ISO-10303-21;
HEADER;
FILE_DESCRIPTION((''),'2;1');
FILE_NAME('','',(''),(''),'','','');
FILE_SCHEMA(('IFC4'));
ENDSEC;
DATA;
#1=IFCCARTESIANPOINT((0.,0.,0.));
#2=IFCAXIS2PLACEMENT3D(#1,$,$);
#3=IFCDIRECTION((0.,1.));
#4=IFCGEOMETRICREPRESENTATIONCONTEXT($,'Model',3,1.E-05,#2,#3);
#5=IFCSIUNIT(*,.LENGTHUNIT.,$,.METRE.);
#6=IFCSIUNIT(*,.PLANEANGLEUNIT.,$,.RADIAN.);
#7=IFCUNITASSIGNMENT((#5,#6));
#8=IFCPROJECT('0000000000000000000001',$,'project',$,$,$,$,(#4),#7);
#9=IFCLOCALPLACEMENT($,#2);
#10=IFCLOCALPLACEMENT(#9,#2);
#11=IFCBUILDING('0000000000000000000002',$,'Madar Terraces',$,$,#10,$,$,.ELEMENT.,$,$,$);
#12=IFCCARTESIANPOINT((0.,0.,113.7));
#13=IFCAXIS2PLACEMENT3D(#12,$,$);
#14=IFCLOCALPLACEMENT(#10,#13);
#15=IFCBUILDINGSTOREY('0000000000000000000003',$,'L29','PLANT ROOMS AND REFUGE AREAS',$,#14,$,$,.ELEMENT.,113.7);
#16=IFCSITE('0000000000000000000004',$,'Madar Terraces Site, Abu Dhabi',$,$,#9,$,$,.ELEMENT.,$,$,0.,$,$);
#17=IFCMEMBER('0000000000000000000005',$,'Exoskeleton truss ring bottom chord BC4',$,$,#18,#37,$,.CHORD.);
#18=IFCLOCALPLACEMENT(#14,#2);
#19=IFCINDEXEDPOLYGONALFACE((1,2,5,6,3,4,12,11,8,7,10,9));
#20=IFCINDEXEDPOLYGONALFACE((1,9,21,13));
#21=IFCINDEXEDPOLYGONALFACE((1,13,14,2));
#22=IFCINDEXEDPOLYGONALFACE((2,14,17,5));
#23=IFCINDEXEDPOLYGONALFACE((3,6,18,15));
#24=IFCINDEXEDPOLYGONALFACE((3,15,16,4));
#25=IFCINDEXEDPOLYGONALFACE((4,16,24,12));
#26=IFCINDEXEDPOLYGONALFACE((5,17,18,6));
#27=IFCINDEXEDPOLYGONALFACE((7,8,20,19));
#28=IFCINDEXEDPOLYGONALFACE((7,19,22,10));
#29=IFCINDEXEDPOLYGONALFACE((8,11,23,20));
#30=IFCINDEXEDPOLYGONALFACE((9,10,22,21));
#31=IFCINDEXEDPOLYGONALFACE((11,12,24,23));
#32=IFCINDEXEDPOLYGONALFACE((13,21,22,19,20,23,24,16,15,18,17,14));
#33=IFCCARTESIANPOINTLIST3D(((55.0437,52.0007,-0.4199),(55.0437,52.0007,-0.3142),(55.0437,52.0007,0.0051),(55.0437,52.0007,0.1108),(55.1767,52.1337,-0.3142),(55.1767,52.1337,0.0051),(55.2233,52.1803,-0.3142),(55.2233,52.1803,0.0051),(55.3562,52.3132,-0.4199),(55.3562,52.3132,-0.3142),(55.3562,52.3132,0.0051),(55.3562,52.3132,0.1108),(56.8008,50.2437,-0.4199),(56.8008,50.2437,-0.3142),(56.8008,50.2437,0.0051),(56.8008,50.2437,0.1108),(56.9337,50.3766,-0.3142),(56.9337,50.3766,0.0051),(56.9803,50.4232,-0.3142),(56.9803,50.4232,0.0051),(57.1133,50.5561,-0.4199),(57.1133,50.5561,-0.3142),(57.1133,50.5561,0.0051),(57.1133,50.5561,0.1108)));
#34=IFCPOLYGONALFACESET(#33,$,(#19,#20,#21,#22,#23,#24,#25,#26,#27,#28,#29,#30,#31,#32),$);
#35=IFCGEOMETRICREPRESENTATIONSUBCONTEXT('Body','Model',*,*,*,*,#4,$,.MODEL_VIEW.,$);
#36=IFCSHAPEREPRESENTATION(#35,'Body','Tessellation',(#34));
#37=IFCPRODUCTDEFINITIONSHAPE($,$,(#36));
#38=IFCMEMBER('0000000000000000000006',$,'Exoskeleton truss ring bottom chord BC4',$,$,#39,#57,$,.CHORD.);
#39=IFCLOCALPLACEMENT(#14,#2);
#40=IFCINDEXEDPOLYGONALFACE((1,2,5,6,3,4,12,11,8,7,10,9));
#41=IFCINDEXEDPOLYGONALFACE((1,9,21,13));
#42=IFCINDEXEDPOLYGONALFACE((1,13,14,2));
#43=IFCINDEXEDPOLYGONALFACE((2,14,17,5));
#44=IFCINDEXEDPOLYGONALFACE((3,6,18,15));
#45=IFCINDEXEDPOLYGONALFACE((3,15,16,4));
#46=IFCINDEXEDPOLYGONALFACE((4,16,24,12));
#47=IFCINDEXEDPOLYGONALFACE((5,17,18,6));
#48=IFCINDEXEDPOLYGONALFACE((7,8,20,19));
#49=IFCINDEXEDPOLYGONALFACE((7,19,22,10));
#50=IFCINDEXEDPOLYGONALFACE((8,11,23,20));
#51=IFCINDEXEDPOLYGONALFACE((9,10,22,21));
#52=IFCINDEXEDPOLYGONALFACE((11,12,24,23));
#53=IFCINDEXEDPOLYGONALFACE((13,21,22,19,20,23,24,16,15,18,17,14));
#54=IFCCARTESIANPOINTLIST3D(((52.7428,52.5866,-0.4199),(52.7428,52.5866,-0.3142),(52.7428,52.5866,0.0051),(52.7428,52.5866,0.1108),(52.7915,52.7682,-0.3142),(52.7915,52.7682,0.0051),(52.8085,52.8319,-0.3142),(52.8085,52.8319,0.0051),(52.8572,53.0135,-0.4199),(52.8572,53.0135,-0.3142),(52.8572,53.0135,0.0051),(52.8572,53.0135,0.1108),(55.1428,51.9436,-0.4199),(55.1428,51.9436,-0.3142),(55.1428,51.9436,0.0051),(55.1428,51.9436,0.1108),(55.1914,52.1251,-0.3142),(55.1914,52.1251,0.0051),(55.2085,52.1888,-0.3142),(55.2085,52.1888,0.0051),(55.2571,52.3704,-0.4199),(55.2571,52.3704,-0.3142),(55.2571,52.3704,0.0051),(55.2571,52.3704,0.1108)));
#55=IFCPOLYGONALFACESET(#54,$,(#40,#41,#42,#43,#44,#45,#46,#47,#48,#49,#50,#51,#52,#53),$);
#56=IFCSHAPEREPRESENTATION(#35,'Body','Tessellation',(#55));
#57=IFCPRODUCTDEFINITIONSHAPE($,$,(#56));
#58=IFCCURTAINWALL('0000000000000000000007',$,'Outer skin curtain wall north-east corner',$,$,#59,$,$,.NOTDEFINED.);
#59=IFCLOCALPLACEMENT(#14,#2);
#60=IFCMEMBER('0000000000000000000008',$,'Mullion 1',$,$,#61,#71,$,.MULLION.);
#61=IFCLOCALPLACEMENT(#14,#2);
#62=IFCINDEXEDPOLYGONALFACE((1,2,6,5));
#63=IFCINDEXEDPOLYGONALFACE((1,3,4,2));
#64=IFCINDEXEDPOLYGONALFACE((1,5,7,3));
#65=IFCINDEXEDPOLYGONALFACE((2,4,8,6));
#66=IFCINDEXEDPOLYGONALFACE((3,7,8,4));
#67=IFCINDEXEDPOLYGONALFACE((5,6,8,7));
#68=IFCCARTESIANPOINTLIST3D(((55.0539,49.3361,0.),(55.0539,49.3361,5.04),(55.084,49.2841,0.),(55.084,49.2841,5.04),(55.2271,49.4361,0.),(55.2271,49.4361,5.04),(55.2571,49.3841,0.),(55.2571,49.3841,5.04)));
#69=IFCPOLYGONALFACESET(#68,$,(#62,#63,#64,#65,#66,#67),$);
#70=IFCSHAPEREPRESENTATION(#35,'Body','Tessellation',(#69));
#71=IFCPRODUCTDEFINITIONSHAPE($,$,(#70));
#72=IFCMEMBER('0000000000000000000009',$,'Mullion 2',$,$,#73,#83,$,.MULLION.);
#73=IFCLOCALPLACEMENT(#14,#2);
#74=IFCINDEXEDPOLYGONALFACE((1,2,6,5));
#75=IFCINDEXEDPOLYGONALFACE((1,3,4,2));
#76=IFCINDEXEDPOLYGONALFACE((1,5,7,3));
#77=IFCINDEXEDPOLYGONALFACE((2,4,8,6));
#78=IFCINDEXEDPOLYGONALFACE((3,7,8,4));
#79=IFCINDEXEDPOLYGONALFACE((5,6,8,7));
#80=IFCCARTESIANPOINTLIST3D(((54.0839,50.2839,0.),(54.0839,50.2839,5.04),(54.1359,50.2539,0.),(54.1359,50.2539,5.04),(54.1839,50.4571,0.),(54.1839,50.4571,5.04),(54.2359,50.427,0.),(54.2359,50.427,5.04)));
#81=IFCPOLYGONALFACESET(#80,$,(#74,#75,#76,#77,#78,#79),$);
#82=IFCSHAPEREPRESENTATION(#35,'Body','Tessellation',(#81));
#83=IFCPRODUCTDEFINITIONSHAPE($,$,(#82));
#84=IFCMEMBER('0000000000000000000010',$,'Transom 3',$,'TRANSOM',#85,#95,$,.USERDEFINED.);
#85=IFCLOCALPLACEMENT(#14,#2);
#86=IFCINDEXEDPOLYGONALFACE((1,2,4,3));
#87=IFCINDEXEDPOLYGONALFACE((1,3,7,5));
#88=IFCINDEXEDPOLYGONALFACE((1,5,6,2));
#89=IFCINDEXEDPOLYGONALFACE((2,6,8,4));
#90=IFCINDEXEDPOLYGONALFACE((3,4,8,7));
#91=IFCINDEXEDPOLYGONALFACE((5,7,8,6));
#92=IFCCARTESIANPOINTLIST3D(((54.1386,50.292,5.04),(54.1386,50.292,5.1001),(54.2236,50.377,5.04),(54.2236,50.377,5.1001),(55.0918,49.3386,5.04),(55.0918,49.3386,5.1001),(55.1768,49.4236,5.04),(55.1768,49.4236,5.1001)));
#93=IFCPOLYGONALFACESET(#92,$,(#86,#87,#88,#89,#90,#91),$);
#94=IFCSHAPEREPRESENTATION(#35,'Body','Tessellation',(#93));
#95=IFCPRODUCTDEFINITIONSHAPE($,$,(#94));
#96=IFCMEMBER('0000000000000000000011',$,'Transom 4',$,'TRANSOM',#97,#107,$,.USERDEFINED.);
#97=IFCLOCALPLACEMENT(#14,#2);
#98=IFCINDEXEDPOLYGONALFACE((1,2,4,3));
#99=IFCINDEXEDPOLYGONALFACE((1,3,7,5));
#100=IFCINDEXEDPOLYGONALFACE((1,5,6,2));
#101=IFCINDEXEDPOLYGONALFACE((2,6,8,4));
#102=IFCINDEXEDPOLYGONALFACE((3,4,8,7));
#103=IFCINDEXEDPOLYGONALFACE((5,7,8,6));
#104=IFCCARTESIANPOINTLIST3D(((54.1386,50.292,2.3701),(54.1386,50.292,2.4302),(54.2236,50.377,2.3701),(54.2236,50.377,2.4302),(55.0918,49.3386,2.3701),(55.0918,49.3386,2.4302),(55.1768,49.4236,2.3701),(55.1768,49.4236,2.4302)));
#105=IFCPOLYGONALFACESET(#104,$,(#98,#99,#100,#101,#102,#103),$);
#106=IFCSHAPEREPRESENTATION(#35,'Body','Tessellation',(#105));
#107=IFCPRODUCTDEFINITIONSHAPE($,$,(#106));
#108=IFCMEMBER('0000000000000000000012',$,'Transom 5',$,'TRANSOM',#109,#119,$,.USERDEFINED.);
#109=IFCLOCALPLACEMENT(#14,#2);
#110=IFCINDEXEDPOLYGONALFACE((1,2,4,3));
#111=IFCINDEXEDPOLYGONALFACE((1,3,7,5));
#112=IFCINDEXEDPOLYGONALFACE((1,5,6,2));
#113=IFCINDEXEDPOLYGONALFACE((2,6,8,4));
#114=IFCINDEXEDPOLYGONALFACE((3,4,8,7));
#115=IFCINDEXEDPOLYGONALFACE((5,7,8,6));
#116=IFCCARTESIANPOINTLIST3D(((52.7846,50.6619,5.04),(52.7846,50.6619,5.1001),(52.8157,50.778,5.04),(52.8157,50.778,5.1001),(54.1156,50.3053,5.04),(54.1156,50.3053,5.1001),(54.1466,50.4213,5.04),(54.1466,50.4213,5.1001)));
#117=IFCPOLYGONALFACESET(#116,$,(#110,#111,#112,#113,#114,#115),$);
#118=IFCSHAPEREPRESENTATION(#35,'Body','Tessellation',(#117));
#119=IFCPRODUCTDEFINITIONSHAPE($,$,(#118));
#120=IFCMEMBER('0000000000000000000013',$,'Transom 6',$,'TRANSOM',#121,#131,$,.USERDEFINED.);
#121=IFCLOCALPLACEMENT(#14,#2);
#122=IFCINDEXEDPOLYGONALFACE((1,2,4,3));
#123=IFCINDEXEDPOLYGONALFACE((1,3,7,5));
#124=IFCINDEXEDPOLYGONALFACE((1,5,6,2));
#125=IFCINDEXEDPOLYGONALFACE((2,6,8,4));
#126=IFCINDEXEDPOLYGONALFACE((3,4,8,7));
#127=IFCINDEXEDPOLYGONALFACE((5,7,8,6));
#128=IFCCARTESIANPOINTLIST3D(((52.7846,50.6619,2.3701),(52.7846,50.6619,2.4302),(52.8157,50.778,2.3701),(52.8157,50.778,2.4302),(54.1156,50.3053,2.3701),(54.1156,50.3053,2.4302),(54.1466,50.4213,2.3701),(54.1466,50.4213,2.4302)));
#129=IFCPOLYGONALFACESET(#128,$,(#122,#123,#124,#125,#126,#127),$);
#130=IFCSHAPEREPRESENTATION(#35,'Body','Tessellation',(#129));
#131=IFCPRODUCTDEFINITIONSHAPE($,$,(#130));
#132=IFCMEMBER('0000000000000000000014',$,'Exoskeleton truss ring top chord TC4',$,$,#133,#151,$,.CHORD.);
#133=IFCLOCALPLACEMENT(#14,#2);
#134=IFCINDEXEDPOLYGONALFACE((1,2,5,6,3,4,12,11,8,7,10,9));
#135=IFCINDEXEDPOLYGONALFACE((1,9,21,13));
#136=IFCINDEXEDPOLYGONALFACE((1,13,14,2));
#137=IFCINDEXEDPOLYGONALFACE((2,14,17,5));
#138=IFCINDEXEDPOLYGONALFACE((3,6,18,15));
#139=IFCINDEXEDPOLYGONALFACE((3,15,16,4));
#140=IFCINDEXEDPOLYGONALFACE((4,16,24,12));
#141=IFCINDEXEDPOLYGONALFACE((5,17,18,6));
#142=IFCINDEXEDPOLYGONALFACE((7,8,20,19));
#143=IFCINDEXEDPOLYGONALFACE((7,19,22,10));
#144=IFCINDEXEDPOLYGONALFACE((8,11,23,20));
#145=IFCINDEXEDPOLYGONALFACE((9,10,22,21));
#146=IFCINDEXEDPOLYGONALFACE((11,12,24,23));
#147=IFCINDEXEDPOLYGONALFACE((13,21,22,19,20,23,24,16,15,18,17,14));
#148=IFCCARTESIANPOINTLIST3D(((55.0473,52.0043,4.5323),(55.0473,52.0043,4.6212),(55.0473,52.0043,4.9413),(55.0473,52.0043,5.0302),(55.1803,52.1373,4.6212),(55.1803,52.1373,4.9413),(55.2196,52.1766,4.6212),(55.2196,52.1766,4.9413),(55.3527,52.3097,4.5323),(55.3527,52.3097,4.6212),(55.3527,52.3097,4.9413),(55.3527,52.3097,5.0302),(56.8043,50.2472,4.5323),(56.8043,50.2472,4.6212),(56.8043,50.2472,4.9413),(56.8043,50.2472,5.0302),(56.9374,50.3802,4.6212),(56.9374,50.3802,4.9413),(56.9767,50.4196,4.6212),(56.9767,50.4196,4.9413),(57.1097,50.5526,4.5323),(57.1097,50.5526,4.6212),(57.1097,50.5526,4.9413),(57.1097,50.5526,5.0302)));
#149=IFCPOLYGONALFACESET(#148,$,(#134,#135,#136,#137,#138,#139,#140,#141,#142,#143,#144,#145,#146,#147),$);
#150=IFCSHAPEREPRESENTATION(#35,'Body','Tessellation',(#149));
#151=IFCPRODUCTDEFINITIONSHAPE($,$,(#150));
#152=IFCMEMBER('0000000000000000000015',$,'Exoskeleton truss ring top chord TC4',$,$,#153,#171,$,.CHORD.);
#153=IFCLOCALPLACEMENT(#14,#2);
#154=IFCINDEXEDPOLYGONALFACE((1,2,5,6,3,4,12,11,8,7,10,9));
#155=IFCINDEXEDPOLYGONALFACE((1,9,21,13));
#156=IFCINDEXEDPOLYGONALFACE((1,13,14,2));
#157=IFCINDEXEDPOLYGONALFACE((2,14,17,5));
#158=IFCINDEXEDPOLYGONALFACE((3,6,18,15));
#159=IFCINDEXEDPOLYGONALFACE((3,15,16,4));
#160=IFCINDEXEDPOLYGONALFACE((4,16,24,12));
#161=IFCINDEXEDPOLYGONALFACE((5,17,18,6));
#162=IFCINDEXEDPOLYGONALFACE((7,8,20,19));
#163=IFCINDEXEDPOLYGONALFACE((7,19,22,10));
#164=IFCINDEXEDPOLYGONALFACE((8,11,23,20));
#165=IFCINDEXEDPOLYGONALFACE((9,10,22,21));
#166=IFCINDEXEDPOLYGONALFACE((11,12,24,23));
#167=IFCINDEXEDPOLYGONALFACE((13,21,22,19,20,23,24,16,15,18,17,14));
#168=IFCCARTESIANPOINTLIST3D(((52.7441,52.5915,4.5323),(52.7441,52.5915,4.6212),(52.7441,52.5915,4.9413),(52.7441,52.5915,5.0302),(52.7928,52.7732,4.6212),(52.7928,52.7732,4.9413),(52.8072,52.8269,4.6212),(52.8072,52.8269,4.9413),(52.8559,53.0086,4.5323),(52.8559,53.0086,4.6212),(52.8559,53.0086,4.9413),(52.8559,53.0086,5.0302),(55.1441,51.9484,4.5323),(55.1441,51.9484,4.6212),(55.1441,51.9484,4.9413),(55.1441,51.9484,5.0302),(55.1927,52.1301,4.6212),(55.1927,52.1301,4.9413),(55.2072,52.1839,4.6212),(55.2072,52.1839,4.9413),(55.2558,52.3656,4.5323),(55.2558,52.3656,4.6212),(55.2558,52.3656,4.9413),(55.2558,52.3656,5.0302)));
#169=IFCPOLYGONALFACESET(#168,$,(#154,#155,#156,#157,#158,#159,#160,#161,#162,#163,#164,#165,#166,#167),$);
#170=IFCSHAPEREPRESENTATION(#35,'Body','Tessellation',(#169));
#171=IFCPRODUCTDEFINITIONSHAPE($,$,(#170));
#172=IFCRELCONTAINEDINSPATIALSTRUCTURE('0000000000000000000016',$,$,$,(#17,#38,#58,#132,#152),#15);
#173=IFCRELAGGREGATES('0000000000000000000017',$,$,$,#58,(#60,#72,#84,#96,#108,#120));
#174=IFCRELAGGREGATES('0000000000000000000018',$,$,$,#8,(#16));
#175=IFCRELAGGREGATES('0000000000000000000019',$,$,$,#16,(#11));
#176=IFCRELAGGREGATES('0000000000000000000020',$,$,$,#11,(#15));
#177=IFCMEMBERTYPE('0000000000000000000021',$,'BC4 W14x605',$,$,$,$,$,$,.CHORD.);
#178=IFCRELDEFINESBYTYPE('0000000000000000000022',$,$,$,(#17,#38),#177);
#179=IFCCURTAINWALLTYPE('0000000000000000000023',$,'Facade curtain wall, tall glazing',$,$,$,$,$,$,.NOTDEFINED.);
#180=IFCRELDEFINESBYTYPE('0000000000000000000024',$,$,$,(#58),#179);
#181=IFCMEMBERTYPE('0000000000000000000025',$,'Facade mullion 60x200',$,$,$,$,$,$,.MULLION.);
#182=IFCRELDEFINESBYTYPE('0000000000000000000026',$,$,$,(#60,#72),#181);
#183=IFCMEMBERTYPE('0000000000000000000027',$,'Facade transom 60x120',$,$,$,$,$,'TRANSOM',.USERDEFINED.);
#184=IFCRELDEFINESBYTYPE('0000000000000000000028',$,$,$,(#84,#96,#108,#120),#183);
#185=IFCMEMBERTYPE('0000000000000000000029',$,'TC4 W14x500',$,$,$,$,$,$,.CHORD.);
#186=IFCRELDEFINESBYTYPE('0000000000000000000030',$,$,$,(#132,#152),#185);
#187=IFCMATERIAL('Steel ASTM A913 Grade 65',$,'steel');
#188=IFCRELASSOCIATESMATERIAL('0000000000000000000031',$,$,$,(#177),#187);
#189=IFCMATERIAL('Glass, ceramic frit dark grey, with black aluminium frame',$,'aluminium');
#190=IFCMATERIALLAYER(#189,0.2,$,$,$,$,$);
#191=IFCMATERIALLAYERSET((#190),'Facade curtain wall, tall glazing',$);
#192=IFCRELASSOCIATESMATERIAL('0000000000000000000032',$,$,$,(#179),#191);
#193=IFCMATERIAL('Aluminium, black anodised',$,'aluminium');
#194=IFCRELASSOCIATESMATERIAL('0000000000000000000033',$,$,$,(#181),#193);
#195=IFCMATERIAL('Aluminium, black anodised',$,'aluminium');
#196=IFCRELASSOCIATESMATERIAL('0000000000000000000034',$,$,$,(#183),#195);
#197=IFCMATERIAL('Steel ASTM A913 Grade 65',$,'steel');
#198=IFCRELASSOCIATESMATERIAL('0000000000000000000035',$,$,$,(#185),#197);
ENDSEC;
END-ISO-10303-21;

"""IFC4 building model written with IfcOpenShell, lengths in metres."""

from ifc_helpers import new_model, si_unit, direction, frame, origin, origin_2d, place, context, subcontext, project, spatial, rectangle, i_section, extrude, material, layer, layer_set, material_profile, profile_set, type_object, element, aggregate, save


model = new_model("IFC4")

# Units and contexts
model_context = context("Model", 3, precision=1e-05, world=origin(), true_north=direction((0.0, 1.0)))
body_context = subcontext(model_context, "Body", "Model", "MODEL_VIEW")
ifc_project = project(units=[si_unit("LENGTHUNIT", "METRE"), si_unit("PLANEANGLEUNIT", "RADIAN")], contexts=[model_context])

# Site, building, storey
site_placement = place(None, origin())
site = spatial("IfcSite", under=ifc_project, at=site_placement, Name="Madar Terraces Site, Abu Dhabi", CompositionType="ELEMENT", RefElevation=0.0)
building_placement = place(site_placement, origin())
building = spatial("IfcBuilding", under=site, at=building_placement, Name="Madar Terraces", CompositionType="ELEMENT")
storey_placement = place(building_placement, frame((0.0, 0.0, 113.7)))
storey = spatial("IfcBuildingStorey", under=building, at=storey_placement, Name="L29", Description="PLANT ROOMS AND REFUGE AREAS", CompositionType="ELEMENT", Elevation=113.7)

# Members
ifc_material_1 = material(Name="Steel ASTM A913 Grade 65", Category="steel")
ifc_material_profile_1 = material_profile(ifc_material_1, i_section(OverallWidth=0.4419, OverallDepth=0.5308, WebThickness=0.0659, FlangeThickness=0.1057, at=origin_2d()), Name="W14x605")
ifc_profile_set_1 = profile_set([ifc_material_profile_1], Name="Steel ASTM A913 Grade 65")
member_type_1 = type_object("IfcMemberType", Name="BC4 W14x605", PredefinedType="CHORD", material=ifc_profile_set_1)
member_1_placement = place(storey_placement, frame((56.957, 50.3999, -0.1545), z_axis=(-0.707107, 0.707107, 0.0), x_axis=(-0.707107, -0.707107, 0.0)))
element("IfcMember", 1, at=member_1_placement, inside=storey, type_object=member_type_1, Name="Exoskeleton truss ring bottom chord BC4", PredefinedType="CHORD", context=body_context, shape_type="SweptSolid", body=[
    extrude(i_section(OverallWidth=0.4419, OverallDepth=0.5308, WebThickness=0.0659, FlangeThickness=0.1057, at=origin_2d()), origin(), (0.0, 0.0, 1.0), 2.4849),
])
member_2_placement = place(storey_placement, frame((55.2, 52.157, -0.1545), z_axis=(-0.965924, 0.258824, 0.0), x_axis=(-0.258824, -0.965924, 0.0)))
element("IfcMember", 2, at=member_2_placement, inside=storey, type_object=member_type_1, Name="Exoskeleton truss ring bottom chord BC4", PredefinedType="CHORD", context=body_context, shape_type="SweptSolid", body=[
    extrude(i_section(OverallWidth=0.4419, OverallDepth=0.5308, WebThickness=0.0659, FlangeThickness=0.1057, at=origin_2d()), origin(), (0.0, 0.0, 1.0), 2.4846),
])

# Curtain wall, members
ifc_material_2 = material(Name="Glass, ceramic frit dark grey, with black aluminium frame", Category="aluminium")
ifc_layer_1 = layer(ifc_material_2, 0.2)
ifc_layer_set_1 = layer_set([ifc_layer_1], Name="Facade curtain wall, tall glazing")
curtain_wall_type = type_object("IfcCurtainWallType", Name="Facade curtain wall, tall glazing", PredefinedType="NOTDEFINED", material=ifc_layer_set_1)
curtain_wall_placement = place(storey_placement, origin())
curtain_wall = element("IfcCurtainWall", 3, at=curtain_wall_placement, inside=storey, type_object=curtain_wall_type, Name="Outer skin curtain wall north-east corner", PredefinedType="NOTDEFINED")
ifc_material_3 = material(Name="Aluminium, black anodised", Category="aluminium")
ifc_material_profile_2 = material_profile(ifc_material_3, rectangle(XDim=0.2, YDim=0.0601, at=origin_2d()), Name="Facade mullion 60x200")
ifc_profile_set_2 = profile_set([ifc_material_profile_2], Name="Aluminium, black anodised")
member_type_2 = type_object("IfcMemberType", Name="Facade mullion 60x200", PredefinedType="MULLION", material=ifc_profile_set_2)
member_3_placement = place(storey_placement, frame((55.1555, 49.3601, 0.0), z_axis=(0.0, 0.0, 1.0), x_axis=(-0.866025, -0.5, 0.0)))
member_3 = element("IfcMember", 4, at=member_3_placement, type_object=member_type_2, Name="Mullion 1", PredefinedType="MULLION", context=body_context, shape_type="SweptSolid", body=[
    extrude(rectangle(XDim=0.2, YDim=0.0601, at=origin_2d()), origin(), (0.0, 0.0, 1.0), 5.04),
])
member_4_placement = place(storey_placement, frame((54.1599, 50.3555, 0.0), z_axis=(0.0, 0.0, 1.0), x_axis=(-0.5, -0.866025, 0.0)))
member_4 = element("IfcMember", 5, at=member_4_placement, type_object=member_type_2, Name="Mullion 2", PredefinedType="MULLION", context=body_context, shape_type="SweptSolid", body=[
    extrude(rectangle(XDim=0.2, YDim=0.0601, at=origin_2d()), origin(), (0.0, 0.0, 1.0), 5.04),
])
ifc_material_4 = material(Name="Aluminium, black anodised", Category="aluminium")
ifc_material_profile_3 = material_profile(ifc_material_4, rectangle(XDim=0.1201, YDim=0.0601, at=origin_2d()), Name="Facade transom 60x120")
ifc_profile_set_3 = profile_set([ifc_material_profile_3], Name="Aluminium, black anodised")
member_type_3 = type_object("IfcMemberType", Name="Facade transom 60x120", ElementType="TRANSOM", PredefinedType="USERDEFINED", material=ifc_profile_set_3)
member_5_placement = place(storey_placement, frame((55.1343, 49.3811, 5.0701), z_axis=(-0.707016, 0.707197, 0.0), x_axis=(-0.707197, -0.707016, 0.0)))
member_5 = element("IfcMember", 6, at=member_5_placement, type_object=member_type_3, Name="Transom 3", ObjectType="TRANSOM", PredefinedType="USERDEFINED", context=body_context, shape_type="SweptSolid", body=[
    extrude(rectangle(XDim=0.1201, YDim=0.0601, at=origin_2d()), origin(), (0.0, 0.0, 1.0), 1.3481),
])
member_6_placement = place(storey_placement, frame((55.1343, 49.3811, 2.4001), z_axis=(-0.707016, 0.707197, 0.0), x_axis=(-0.707197, -0.707016, 0.0)))
member_6 = element("IfcMember", 7, at=member_6_placement, type_object=member_type_3, Name="Transom 4", ObjectType="TRANSOM", PredefinedType="USERDEFINED", context=body_context, shape_type="SweptSolid", body=[
    extrude(rectangle(XDim=0.1201, YDim=0.0601, at=origin_2d()), origin(), (0.0, 0.0, 1.0), 1.3481),
])
member_7_placement = place(storey_placement, frame((54.1311, 50.3633, 5.0701), z_axis=(-0.96592, 0.258842, 0.0), x_axis=(-0.258842, -0.96592, 0.0)))
member_7 = element("IfcMember", 8, at=member_7_placement, type_object=member_type_3, Name="Transom 5", ObjectType="TRANSOM", PredefinedType="USERDEFINED", context=body_context, shape_type="SweptSolid", body=[
    extrude(rectangle(XDim=0.1201, YDim=0.0601, at=origin_2d()), origin(), (0.0, 0.0, 1.0), 1.3779),
])
member_8_placement = place(storey_placement, frame((54.1311, 50.3633, 2.4001), z_axis=(-0.96592, 0.258842, 0.0), x_axis=(-0.258842, -0.96592, 0.0)))
member_8 = element("IfcMember", 9, at=member_8_placement, type_object=member_type_3, Name="Transom 6", ObjectType="TRANSOM", PredefinedType="USERDEFINED", context=body_context, shape_type="SweptSolid", body=[
    extrude(rectangle(XDim=0.1201, YDim=0.0601, at=origin_2d()), origin(), (0.0, 0.0, 1.0), 1.3779),
])

# Members
ifc_material_5 = material(Name="Steel ASTM A913 Grade 65", Category="steel")
ifc_material_profile_4 = material_profile(ifc_material_5, i_section(OverallWidth=0.4319, OverallDepth=0.4978, WebThickness=0.0557, FlangeThickness=0.0889, at=origin_2d()), Name="W14x500")
ifc_profile_set_4 = profile_set([ifc_material_profile_4], Name="Steel ASTM A913 Grade 65")
member_type_4 = type_object("IfcMemberType", Name="TC4 W14x500", PredefinedType="CHORD", material=ifc_profile_set_4)
member_9_placement = place(storey_placement, frame((56.957, 50.3999, 4.7812), z_axis=(-0.707107, 0.707107, 0.0), x_axis=(-0.707107, -0.707107, 0.0)))
element("IfcMember", 10, at=member_9_placement, inside=storey, type_object=member_type_4, Name="Exoskeleton truss ring top chord TC4", PredefinedType="CHORD", context=body_context, shape_type="SweptSolid", body=[
    extrude(i_section(OverallWidth=0.4319, OverallDepth=0.4978, WebThickness=0.0557, FlangeThickness=0.0889, at=origin_2d()), origin(), (0.0, 0.0, 1.0), 2.4849),
])
member_10_placement = place(storey_placement, frame((55.2, 52.157, 4.7812), z_axis=(-0.965924, 0.258824, 0.0), x_axis=(-0.258824, -0.965924, 0.0)))
element("IfcMember", 11, at=member_10_placement, inside=storey, type_object=member_type_4, Name="Exoskeleton truss ring top chord TC4", PredefinedType="CHORD", context=body_context, shape_type="SweptSolid", body=[
    extrude(i_section(OverallWidth=0.4319, OverallDepth=0.4978, WebThickness=0.0557, FlangeThickness=0.0889, at=origin_2d()), origin(), (0.0, 0.0, 1.0), 2.4846),
])

aggregate(curtain_wall, [member_3, member_4, member_5, member_6, member_7, member_8])

save(model, "model.ifc")
